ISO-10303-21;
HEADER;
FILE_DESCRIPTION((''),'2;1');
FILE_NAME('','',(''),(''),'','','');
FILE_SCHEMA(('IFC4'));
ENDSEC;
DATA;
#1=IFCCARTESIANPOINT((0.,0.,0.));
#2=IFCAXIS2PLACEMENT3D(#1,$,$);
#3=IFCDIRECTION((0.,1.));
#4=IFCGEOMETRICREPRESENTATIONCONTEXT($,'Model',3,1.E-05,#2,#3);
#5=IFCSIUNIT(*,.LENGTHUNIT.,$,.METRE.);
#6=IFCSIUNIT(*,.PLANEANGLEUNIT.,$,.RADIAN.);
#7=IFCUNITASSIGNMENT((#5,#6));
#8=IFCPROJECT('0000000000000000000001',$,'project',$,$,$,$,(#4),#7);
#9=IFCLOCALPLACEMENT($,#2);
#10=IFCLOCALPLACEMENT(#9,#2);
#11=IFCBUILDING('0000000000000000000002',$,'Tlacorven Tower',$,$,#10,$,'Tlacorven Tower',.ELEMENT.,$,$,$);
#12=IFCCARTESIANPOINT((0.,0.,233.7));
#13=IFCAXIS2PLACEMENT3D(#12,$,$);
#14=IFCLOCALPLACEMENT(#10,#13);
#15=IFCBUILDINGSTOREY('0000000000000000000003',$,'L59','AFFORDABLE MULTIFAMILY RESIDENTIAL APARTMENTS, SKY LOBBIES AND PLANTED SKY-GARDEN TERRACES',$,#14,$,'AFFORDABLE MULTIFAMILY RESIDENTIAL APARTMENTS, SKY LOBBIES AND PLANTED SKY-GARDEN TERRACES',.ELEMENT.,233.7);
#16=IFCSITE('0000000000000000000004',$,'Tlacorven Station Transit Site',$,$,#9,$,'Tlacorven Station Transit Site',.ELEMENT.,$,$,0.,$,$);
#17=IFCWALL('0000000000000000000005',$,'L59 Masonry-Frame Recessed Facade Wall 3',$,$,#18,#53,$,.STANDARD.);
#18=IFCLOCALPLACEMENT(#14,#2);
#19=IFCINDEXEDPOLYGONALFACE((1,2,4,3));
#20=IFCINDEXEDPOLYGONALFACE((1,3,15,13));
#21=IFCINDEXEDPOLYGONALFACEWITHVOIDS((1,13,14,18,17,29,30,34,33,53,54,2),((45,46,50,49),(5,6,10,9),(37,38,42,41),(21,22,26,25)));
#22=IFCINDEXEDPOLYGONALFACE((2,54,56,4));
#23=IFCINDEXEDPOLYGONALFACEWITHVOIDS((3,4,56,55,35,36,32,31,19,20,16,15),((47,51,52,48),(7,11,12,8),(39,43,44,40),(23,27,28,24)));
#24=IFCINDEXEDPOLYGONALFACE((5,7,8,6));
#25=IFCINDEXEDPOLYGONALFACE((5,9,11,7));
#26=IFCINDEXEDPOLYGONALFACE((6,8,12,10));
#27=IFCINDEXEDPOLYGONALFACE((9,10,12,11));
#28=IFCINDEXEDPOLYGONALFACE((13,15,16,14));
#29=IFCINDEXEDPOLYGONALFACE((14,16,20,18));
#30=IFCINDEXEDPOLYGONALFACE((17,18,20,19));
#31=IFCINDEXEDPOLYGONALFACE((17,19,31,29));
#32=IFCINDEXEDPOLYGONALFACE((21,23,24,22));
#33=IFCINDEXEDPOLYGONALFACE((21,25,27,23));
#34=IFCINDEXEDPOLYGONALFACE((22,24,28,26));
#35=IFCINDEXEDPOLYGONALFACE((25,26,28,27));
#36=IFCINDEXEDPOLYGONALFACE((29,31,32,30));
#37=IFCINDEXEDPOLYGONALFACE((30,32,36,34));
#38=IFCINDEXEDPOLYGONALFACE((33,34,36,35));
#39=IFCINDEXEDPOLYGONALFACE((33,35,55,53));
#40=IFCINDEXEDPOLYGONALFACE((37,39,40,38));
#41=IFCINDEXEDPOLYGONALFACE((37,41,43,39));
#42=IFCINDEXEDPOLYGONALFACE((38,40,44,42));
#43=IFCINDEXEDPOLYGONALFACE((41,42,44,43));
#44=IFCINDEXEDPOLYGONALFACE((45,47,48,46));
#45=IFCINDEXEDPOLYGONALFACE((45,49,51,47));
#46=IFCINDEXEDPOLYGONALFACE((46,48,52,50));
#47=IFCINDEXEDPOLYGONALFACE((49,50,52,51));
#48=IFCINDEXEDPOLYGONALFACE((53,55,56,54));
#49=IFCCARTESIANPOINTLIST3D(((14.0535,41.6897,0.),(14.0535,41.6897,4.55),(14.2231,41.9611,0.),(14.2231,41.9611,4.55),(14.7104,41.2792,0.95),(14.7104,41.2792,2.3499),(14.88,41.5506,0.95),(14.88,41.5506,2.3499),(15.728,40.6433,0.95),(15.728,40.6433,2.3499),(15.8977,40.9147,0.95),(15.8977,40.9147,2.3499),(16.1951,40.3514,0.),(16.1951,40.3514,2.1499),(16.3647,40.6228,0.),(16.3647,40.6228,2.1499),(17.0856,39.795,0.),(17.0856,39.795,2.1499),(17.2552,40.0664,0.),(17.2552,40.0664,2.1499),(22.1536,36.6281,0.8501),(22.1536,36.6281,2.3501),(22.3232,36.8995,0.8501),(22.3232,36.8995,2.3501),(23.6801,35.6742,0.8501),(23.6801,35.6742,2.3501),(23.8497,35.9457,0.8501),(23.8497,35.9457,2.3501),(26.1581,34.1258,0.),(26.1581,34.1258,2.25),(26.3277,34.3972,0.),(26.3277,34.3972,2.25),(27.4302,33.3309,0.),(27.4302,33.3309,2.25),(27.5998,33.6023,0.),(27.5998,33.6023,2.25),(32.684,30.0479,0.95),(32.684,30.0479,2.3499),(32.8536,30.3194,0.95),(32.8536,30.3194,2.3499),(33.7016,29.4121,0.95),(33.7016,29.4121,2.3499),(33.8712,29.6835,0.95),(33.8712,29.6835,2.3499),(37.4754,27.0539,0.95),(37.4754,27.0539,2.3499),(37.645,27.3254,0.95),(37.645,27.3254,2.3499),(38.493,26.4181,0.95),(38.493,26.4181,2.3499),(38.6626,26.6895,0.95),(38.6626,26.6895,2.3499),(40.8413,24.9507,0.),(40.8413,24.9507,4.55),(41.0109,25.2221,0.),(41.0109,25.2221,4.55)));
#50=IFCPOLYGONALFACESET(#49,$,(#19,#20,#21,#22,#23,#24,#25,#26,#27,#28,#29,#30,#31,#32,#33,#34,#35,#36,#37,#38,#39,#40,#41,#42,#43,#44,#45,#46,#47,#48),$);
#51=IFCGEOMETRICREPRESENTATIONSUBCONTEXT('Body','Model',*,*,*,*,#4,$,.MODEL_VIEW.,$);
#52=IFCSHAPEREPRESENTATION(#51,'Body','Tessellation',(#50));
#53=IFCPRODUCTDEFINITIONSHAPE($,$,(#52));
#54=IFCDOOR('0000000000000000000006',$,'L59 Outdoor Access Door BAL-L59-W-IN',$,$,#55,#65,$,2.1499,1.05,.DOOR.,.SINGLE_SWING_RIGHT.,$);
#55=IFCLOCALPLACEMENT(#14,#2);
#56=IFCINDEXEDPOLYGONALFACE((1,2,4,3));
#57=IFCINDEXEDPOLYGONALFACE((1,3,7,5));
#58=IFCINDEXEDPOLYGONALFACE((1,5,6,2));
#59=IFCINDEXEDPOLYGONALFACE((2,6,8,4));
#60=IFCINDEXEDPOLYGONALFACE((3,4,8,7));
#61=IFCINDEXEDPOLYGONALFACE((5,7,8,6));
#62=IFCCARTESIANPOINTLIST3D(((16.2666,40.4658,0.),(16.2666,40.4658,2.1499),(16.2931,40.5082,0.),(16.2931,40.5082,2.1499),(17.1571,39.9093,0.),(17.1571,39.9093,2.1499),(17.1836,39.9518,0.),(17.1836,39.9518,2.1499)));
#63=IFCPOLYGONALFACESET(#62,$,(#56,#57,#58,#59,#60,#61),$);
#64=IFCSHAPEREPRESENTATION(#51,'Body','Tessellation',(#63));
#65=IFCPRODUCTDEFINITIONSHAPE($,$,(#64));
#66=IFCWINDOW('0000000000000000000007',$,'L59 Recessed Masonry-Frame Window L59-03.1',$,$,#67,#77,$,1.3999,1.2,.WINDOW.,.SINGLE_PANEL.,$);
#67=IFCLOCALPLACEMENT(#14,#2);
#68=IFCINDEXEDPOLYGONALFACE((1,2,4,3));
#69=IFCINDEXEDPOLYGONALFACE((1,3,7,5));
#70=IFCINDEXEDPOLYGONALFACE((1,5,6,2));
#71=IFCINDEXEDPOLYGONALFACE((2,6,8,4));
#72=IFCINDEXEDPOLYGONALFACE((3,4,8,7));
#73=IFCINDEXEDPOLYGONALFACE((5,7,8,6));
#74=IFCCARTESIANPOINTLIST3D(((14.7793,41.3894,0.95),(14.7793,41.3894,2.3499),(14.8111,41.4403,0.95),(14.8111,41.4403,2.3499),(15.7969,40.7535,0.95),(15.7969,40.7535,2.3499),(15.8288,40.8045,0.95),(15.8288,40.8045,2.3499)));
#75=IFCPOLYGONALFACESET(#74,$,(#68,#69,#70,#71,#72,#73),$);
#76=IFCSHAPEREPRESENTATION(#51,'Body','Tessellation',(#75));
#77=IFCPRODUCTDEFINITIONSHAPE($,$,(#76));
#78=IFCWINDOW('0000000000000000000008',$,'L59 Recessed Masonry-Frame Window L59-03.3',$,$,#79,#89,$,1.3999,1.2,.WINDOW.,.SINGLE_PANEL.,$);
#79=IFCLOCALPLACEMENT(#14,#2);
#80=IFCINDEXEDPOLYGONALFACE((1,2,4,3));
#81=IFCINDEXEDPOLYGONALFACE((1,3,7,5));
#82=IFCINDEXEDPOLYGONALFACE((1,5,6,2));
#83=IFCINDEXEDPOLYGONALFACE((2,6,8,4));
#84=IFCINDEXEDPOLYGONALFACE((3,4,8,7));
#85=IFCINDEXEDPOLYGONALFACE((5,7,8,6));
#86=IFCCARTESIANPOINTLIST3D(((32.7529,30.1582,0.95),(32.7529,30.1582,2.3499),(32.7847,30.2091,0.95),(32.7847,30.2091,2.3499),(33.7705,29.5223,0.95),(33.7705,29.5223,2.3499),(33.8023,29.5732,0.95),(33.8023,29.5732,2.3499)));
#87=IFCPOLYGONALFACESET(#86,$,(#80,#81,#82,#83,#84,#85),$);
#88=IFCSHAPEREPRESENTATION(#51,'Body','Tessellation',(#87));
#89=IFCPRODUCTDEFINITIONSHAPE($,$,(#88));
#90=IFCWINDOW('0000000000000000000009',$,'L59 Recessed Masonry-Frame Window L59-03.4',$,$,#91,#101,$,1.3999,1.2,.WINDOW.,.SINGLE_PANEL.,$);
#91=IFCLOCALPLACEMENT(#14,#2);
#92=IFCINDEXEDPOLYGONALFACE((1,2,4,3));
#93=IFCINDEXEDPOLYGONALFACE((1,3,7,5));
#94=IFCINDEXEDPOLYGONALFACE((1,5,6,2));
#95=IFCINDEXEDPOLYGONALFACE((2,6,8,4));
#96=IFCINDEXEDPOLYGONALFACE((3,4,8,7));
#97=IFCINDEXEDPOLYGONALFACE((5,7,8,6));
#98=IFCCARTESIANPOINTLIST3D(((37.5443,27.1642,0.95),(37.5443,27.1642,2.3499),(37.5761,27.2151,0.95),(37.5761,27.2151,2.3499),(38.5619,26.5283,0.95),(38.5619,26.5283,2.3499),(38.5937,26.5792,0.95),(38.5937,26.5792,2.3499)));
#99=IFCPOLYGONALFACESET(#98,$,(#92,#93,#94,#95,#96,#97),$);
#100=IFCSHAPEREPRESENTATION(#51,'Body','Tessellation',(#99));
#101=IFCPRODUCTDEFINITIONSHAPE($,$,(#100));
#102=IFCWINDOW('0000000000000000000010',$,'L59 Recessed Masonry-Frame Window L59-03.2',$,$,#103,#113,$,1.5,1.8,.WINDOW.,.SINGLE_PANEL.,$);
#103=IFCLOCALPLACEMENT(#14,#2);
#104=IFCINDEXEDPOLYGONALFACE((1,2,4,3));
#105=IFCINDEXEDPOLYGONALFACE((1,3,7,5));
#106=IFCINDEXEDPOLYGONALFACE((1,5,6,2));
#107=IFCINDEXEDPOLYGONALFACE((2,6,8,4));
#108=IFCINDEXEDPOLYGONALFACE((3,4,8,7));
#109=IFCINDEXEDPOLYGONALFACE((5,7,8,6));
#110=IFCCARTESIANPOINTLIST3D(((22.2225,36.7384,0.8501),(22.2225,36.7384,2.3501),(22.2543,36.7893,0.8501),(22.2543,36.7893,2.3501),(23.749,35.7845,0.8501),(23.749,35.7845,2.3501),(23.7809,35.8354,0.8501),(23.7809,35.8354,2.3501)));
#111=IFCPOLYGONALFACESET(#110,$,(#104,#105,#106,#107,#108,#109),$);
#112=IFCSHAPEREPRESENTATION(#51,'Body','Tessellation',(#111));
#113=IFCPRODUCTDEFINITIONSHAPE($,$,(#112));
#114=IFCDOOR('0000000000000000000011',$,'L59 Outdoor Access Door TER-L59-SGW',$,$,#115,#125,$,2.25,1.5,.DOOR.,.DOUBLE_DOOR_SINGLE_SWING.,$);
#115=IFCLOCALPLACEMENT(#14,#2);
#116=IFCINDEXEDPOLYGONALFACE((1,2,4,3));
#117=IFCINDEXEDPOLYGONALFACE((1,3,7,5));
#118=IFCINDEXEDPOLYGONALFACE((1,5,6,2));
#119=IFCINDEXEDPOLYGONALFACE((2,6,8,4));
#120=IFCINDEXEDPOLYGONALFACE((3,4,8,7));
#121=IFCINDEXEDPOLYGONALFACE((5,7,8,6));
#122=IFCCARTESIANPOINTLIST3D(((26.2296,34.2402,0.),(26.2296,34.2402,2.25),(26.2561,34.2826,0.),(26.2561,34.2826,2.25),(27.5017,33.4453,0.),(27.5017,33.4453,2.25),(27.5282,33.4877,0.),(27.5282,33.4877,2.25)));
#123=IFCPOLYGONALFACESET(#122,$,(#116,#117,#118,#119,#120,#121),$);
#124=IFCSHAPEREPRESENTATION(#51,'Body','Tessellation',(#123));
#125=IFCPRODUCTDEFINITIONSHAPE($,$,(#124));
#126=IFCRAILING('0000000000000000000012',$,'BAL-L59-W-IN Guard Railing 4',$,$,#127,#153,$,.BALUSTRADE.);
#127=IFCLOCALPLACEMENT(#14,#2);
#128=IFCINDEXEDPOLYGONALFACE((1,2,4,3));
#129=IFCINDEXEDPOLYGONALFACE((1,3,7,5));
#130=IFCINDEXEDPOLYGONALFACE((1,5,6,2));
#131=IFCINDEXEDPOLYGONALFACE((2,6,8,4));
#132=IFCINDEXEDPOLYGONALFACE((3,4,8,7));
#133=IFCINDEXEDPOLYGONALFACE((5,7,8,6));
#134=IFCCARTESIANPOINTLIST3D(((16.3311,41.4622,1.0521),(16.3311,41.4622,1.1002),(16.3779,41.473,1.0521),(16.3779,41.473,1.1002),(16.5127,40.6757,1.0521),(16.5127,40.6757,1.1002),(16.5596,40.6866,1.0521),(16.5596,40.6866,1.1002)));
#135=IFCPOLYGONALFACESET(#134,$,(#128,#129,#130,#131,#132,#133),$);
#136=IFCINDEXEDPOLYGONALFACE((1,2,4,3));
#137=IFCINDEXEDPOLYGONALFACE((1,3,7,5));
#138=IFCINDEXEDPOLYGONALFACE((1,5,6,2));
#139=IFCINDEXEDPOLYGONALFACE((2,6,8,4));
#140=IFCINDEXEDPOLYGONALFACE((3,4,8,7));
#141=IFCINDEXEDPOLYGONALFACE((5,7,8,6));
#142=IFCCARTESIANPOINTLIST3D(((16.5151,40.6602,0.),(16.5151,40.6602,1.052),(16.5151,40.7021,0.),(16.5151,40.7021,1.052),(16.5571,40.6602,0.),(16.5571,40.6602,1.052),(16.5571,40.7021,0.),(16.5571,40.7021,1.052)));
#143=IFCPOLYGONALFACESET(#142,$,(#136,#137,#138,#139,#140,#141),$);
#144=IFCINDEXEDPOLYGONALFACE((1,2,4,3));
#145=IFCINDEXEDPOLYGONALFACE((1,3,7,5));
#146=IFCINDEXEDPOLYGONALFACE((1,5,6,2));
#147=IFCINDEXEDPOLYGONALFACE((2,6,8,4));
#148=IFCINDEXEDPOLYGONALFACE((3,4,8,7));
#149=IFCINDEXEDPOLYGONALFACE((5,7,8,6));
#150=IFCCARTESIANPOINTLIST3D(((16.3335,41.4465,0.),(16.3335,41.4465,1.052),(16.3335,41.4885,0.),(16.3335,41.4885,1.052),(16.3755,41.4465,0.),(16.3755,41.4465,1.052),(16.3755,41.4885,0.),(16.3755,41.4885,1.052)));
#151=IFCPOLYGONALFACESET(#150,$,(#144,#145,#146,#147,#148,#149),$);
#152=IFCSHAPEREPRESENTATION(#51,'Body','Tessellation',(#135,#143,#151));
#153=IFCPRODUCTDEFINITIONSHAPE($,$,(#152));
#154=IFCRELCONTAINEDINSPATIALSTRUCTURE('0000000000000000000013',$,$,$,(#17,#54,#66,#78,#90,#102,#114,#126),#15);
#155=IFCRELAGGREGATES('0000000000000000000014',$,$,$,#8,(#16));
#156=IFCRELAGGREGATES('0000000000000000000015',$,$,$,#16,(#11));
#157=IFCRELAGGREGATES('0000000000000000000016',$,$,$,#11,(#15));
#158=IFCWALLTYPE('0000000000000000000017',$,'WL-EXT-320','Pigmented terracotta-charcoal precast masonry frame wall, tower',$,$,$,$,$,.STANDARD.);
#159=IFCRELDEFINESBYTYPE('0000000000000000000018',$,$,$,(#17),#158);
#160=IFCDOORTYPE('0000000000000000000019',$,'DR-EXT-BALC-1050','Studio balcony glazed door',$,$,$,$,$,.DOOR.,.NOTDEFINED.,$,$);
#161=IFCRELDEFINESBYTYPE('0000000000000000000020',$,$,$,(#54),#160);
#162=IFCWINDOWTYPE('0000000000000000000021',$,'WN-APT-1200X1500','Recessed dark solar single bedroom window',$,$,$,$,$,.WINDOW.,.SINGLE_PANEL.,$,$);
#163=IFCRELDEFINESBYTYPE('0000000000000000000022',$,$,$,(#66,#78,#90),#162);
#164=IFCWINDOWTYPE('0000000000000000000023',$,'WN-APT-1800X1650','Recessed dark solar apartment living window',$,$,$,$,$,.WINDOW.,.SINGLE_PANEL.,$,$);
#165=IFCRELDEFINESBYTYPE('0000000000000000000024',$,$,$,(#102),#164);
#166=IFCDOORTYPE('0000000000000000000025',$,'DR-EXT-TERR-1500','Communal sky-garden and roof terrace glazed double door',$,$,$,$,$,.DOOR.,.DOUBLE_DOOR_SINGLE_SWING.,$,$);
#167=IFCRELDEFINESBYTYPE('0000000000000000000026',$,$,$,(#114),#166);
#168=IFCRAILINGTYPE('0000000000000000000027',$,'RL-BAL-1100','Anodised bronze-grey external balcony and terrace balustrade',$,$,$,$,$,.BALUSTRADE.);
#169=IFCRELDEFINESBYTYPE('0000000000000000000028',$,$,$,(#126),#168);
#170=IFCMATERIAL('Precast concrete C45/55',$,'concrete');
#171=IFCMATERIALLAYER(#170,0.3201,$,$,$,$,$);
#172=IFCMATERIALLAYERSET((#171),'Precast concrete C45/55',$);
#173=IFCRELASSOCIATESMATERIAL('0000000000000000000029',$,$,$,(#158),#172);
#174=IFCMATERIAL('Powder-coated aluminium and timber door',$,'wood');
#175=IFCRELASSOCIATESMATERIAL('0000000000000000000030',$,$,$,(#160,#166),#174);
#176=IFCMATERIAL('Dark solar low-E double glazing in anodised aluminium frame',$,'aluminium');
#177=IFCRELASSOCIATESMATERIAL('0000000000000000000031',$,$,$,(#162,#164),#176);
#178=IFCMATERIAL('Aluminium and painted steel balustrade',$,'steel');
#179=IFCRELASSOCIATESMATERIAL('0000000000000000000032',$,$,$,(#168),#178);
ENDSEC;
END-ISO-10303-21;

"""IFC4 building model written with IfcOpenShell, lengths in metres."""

from ifc_helpers import new_model, si_unit, direction, frame, frame_2d, origin, origin_2d, place, context, subcontext, project, spatial, rectangle, extrude, source, transform, mapped, material, layer, layer_set, type_object, element, fill, save


model = new_model("IFC4")

# Units and contexts
model_context = context("Model", 3, precision=1e-05, world=origin(), true_north=direction((0.0, 1.0)))
body_context = subcontext(model_context, "Body", "Model", "MODEL_VIEW")
ifc_project = project(units=[si_unit("LENGTHUNIT", "METRE"), si_unit("PLANEANGLEUNIT", "RADIAN")], contexts=[model_context])

# Site, building, storey
site_placement = place(None, origin())
site = spatial("IfcSite", under=ifc_project, at=site_placement, Name="Tlacorven Station Transit Site", LongName="Tlacorven Station Transit Site", CompositionType="ELEMENT", RefElevation=0.0)
building_placement = place(site_placement, origin())
building = spatial("IfcBuilding", under=site, at=building_placement, Name="Tlacorven Tower", LongName="Tlacorven Tower", CompositionType="ELEMENT")
storey_placement = place(building_placement, frame((0.0, 0.0, 233.7)))
storey = spatial("IfcBuildingStorey", under=building, at=storey_placement, Name="L59", Description="AFFORDABLE MULTIFAMILY RESIDENTIAL APARTMENTS, SKY LOBBIES AND PLANTED SKY-GARDEN TERRACES", LongName="AFFORDABLE MULTIFAMILY RESIDENTIAL APARTMENTS, SKY LOBBIES AND PLANTED SKY-GARDEN TERRACES", CompositionType="ELEMENT", Elevation=233.7)

# Wall, openings, doors, windows
ifc_material_1 = material(Name="Precast concrete C45/55", Category="concrete")
ifc_layer_1 = layer(ifc_material_1, 0.3201)
ifc_layer_set_1 = layer_set([ifc_layer_1], Name="Precast concrete C45/55")
wall_type_1 = type_object("IfcWallType", Name="WL-EXT-320", Description="Pigmented terracotta-charcoal precast masonry frame wall, tower", PredefinedType="STANDARD", material=ifc_layer_set_1)
wall_1_placement = place(storey_placement, frame((14.1382, 41.8254, 0.0), z_axis=(0.0, 0.0, 1.0), x_axis=(0.848046, -0.529922, 0.0)))
wall_1 = element("IfcWall", 1, at=wall_1_placement, inside=storey, type_object=wall_type_1, Name="L59 Masonry-Frame Recessed Facade Wall 3", PredefinedType="STANDARD", context=body_context, shape_type="SweptSolid", body=[
    extrude(rectangle(XDim=31.5876, YDim=0.3201, at=frame_2d((15.7939, 0.0))), origin(), (0.0, 0.0, 1.0), 4.55),
])
opening_1_placement = place(wall_1_placement, frame((2.5256, 0.0, 0.0)))
opening_1 = element("IfcOpeningElement", 2, at=opening_1_placement, cuts=wall_1, PredefinedType="OPENING", context=body_context, shape_type="SweptSolid", body=[
    extrude(rectangle(XDim=1.05, YDim=2.1499, at=frame_2d((0.5249, 1.075))), frame((0.0, 0.1699, 0.0), z_axis=(0.0, -1.0, 0.0), x_axis=(1.0, 0.0, 0.0)), (0.0, 0.0, 1.0), 0.3401),
])
opening_2_placement = place(wall_1_placement, frame((14.2737, 0.0, 0.0)))
opening_2 = element("IfcOpeningElement", 3, at=opening_2_placement, cuts=wall_1, PredefinedType="OPENING", context=body_context, shape_type="SweptSolid", body=[
    extrude(rectangle(XDim=1.5, YDim=2.25, at=frame_2d((0.75, 1.125))), frame((0.0, 0.1699, 0.0), z_axis=(0.0, -1.0, 0.0), x_axis=(1.0, 0.0, 0.0)), (0.0, 0.0, 1.0), 0.3401),
])
opening_3_placement = place(wall_1_placement, frame((0.7747, 0.0, 0.95)))
opening_3 = element("IfcOpeningElement", 4, at=opening_3_placement, cuts=wall_1, PredefinedType="OPENING", context=body_context, shape_type="SweptSolid", body=[
    extrude(rectangle(XDim=1.2, YDim=1.3999, at=frame_2d((0.6001, 0.7))), frame((0.0, 0.1699, 0.0), z_axis=(0.0, -1.0, 0.0), x_axis=(1.0, 0.0, 0.0)), (0.0, 0.0, 1.0), 0.3401),
])
opening_4_placement = place(wall_1_placement, frame((9.5518, 0.0, 0.8501)))
opening_4 = element("IfcOpeningElement", 5, at=opening_4_placement, cuts=wall_1, PredefinedType="OPENING", context=body_context, shape_type="SweptSolid", body=[
    extrude(rectangle(XDim=1.8, YDim=1.5, at=frame_2d((0.8999, 0.75))), frame((0.0, 0.1699, 0.0), z_axis=(0.0, -1.0, 0.0), x_axis=(1.0, 0.0, 0.0)), (0.0, 0.0, 1.0), 0.3401),
])
opening_5_placement = place(wall_1_placement, frame((21.9688, 0.0, 0.95)))
opening_5 = element("IfcOpeningElement", 6, at=opening_5_placement, cuts=wall_1, PredefinedType="OPENING", context=body_context, shape_type="SweptSolid", body=[
    extrude(rectangle(XDim=1.2, YDim=1.3999, at=frame_2d((0.6001, 0.7))), frame((0.0, 0.1699, 0.0), z_axis=(0.0, -1.0, 0.0), x_axis=(1.0, 0.0, 0.0)), (0.0, 0.0, 1.0), 0.3401),
])
opening_6_placement = place(wall_1_placement, frame((27.6187, 0.0, 0.95)))
opening_6 = element("IfcOpeningElement", 7, at=opening_6_placement, cuts=wall_1, PredefinedType="OPENING", context=body_context, shape_type="SweptSolid", body=[
    extrude(rectangle(XDim=1.2, YDim=1.3999, at=frame_2d((0.6001, 0.7))), frame((0.0, 0.1699, 0.0), z_axis=(0.0, -1.0, 0.0), x_axis=(1.0, 0.0, 0.0)), (0.0, 0.0, 1.0), 0.3401),
])
ifc_material_2 = material(Name="Powder-coated aluminium and timber door", Category="wood")
door_type_1 = type_object("IfcDoorType", Name="DR-EXT-BALC-1050", Description="Studio balcony glazed door", OperationType="NOTDEFINED", PredefinedType="DOOR", material=ifc_material_2)
shared_shape_1 = source(origin(), body_context, "Body", "SweptSolid", [
    extrude(rectangle(XDim=1.05, YDim=2.1499, at=frame_2d((0.5249, 1.075))), frame((0.0, 0.0249, 0.0), z_axis=(0.0, -1.0, 0.0), x_axis=(1.0, 0.0, 0.0)), (0.0, 0.0, 1.0), 0.05),
])
door_1_placement = place(opening_1_placement, origin())
door_1 = element("IfcDoor", 8, at=door_1_placement, inside=storey, type_object=door_type_1, Name="L59 Outdoor Access Door BAL-L59-W-IN", OperationType="SINGLE_SWING_RIGHT", OverallHeight=2.1499, OverallWidth=1.05, PredefinedType="DOOR", context=body_context, shape_type="MappedRepresentation", body=[
    mapped(shared_shape_1, transform((0.0, 0.0, 0.0), scale=1.0)),
])
fill(opening_1, door_1)
ifc_material_3 = material(Name="Dark solar low-E double glazing in anodised aluminium frame", Category="aluminium")
window_type_1 = type_object("IfcWindowType", Name="WN-APT-1200X1500", Description="Recessed dark solar single bedroom window", PartitioningType="SINGLE_PANEL", PredefinedType="WINDOW", material=ifc_material_3)
shared_shape_2 = source(origin(), body_context, "Body", "SweptSolid", [
    extrude(rectangle(XDim=1.2, YDim=1.3999, at=frame_2d((0.6001, 0.7))), frame((0.0, 0.03, 0.0), z_axis=(0.0, -1.0, 0.0), x_axis=(1.0, 0.0, 0.0)), (0.0, 0.0, 1.0), 0.0601),
])
window_1_placement = place(opening_3_placement, origin())
window_1 = element("IfcWindow", 9, at=window_1_placement, inside=storey, type_object=window_type_1, Name="L59 Recessed Masonry-Frame Window L59-03.1", OverallHeight=1.3999, OverallWidth=1.2, PartitioningType="SINGLE_PANEL", PredefinedType="WINDOW", context=body_context, shape_type="MappedRepresentation", body=[
    mapped(shared_shape_2, transform((0.0, 0.0, 0.0), scale=1.0)),
])
fill(opening_3, window_1)
window_2_placement = place(opening_5_placement, origin())
window_2 = element("IfcWindow", 10, at=window_2_placement, inside=storey, type_object=window_type_1, Name="L59 Recessed Masonry-Frame Window L59-03.3", OverallHeight=1.3999, OverallWidth=1.2, PartitioningType="SINGLE_PANEL", PredefinedType="WINDOW", context=body_context, shape_type="MappedRepresentation", body=[
    mapped(shared_shape_2, transform((0.0, 0.0, 0.0), scale=1.0)),
])
fill(opening_5, window_2)
window_3_placement = place(opening_6_placement, origin())
window_3 = element("IfcWindow", 11, at=window_3_placement, inside=storey, type_object=window_type_1, Name="L59 Recessed Masonry-Frame Window L59-03.4", OverallHeight=1.3999, OverallWidth=1.2, PartitioningType="SINGLE_PANEL", PredefinedType="WINDOW", context=body_context, shape_type="MappedRepresentation", body=[
    mapped(shared_shape_2, transform((0.0, 0.0, 0.0), scale=1.0)),
])
fill(opening_6, window_3)
window_type_2 = type_object("IfcWindowType", Name="WN-APT-1800X1650", Description="Recessed dark solar apartment living window", PartitioningType="SINGLE_PANEL", PredefinedType="WINDOW", material=ifc_material_3)
shared_shape_3 = source(origin(), body_context, "Body", "SweptSolid", [
    extrude(rectangle(XDim=1.8, YDim=1.5, at=frame_2d((0.8999, 0.75))), frame((0.0, 0.03, 0.0), z_axis=(0.0, -1.0, 0.0), x_axis=(1.0, 0.0, 0.0)), (0.0, 0.0, 1.0), 0.0601),
])
window_4_placement = place(opening_4_placement, origin())
window_4 = element("IfcWindow", 12, at=window_4_placement, inside=storey, type_object=window_type_2, Name="L59 Recessed Masonry-Frame Window L59-03.2", OverallHeight=1.5, OverallWidth=1.8, PartitioningType="SINGLE_PANEL", PredefinedType="WINDOW", context=body_context, shape_type="MappedRepresentation", body=[
    mapped(shared_shape_3, transform((0.0, 0.0, 0.0), scale=1.0)),
])
fill(opening_4, window_4)
door_type_2 = type_object("IfcDoorType", Name="DR-EXT-TERR-1500", Description="Communal sky-garden and roof terrace glazed double door", OperationType="DOUBLE_DOOR_SINGLE_SWING", PredefinedType="DOOR", material=ifc_material_2)
shared_shape_4 = source(origin(), body_context, "Body", "SweptSolid", [
    extrude(rectangle(XDim=1.5, YDim=2.25, at=frame_2d((0.75, 1.125))), frame((0.0, 0.0249, 0.0), z_axis=(0.0, -1.0, 0.0), x_axis=(1.0, 0.0, 0.0)), (0.0, 0.0, 1.0), 0.05),
])
door_2_placement = place(opening_2_placement, origin())
door_2 = element("IfcDoor", 13, at=door_2_placement, inside=storey, type_object=door_type_2, Name="L59 Outdoor Access Door TER-L59-SGW", OperationType="DOUBLE_DOOR_SINGLE_SWING", OverallHeight=2.25, OverallWidth=1.5, PredefinedType="DOOR", context=body_context, shape_type="MappedRepresentation", body=[
    mapped(shared_shape_4, transform((0.0, 0.0, 0.0), scale=1.0)),
])
fill(opening_2, door_2)

# Railing
ifc_material_4 = material(Name="Aluminium and painted steel balustrade", Category="steel")
railing_type = type_object("IfcRailingType", Name="RL-BAL-1100", Description="Anodised bronze-grey external balcony and terrace balustrade", PredefinedType="BALUSTRADE", material=ifc_material_4)
shared_shape_5 = source(origin(), body_context, "Body", "SweptSolid", [
    extrude(rectangle(XDim=0.0481, YDim=0.0481, at=origin_2d()), frame((0.0, 0.0, 1.0762), z_axis=(-0.225058, 0.974345, 0.0), x_axis=(-0.974345, -0.225058, 0.0)), (0.0, 0.0, 1.0), 0.8071),
    extrude(rectangle(XDim=0.042, YDim=0.042, at=origin_2d()), origin(), (0.0, 0.0, 1.0), 1.052),
    extrude(rectangle(XDim=0.042, YDim=0.042, at=origin_2d()), frame((-0.1816, 0.7864, 0.0)), (0.0, 0.0, 1.0), 1.052),
])
railing_1_placement = place(storey_placement, frame((16.5361, 40.6812, 0.0)))
element("IfcRailing", 14, at=railing_1_placement, inside=storey, type_object=railing_type, Name="BAL-L59-W-IN Guard Railing 4", PredefinedType="BALUSTRADE", context=body_context, shape_type="MappedRepresentation", body=[
    mapped(shared_shape_5, transform((0.0, 0.0, 0.0), scale=1.0)),
])

save(model, "model.ifc")
